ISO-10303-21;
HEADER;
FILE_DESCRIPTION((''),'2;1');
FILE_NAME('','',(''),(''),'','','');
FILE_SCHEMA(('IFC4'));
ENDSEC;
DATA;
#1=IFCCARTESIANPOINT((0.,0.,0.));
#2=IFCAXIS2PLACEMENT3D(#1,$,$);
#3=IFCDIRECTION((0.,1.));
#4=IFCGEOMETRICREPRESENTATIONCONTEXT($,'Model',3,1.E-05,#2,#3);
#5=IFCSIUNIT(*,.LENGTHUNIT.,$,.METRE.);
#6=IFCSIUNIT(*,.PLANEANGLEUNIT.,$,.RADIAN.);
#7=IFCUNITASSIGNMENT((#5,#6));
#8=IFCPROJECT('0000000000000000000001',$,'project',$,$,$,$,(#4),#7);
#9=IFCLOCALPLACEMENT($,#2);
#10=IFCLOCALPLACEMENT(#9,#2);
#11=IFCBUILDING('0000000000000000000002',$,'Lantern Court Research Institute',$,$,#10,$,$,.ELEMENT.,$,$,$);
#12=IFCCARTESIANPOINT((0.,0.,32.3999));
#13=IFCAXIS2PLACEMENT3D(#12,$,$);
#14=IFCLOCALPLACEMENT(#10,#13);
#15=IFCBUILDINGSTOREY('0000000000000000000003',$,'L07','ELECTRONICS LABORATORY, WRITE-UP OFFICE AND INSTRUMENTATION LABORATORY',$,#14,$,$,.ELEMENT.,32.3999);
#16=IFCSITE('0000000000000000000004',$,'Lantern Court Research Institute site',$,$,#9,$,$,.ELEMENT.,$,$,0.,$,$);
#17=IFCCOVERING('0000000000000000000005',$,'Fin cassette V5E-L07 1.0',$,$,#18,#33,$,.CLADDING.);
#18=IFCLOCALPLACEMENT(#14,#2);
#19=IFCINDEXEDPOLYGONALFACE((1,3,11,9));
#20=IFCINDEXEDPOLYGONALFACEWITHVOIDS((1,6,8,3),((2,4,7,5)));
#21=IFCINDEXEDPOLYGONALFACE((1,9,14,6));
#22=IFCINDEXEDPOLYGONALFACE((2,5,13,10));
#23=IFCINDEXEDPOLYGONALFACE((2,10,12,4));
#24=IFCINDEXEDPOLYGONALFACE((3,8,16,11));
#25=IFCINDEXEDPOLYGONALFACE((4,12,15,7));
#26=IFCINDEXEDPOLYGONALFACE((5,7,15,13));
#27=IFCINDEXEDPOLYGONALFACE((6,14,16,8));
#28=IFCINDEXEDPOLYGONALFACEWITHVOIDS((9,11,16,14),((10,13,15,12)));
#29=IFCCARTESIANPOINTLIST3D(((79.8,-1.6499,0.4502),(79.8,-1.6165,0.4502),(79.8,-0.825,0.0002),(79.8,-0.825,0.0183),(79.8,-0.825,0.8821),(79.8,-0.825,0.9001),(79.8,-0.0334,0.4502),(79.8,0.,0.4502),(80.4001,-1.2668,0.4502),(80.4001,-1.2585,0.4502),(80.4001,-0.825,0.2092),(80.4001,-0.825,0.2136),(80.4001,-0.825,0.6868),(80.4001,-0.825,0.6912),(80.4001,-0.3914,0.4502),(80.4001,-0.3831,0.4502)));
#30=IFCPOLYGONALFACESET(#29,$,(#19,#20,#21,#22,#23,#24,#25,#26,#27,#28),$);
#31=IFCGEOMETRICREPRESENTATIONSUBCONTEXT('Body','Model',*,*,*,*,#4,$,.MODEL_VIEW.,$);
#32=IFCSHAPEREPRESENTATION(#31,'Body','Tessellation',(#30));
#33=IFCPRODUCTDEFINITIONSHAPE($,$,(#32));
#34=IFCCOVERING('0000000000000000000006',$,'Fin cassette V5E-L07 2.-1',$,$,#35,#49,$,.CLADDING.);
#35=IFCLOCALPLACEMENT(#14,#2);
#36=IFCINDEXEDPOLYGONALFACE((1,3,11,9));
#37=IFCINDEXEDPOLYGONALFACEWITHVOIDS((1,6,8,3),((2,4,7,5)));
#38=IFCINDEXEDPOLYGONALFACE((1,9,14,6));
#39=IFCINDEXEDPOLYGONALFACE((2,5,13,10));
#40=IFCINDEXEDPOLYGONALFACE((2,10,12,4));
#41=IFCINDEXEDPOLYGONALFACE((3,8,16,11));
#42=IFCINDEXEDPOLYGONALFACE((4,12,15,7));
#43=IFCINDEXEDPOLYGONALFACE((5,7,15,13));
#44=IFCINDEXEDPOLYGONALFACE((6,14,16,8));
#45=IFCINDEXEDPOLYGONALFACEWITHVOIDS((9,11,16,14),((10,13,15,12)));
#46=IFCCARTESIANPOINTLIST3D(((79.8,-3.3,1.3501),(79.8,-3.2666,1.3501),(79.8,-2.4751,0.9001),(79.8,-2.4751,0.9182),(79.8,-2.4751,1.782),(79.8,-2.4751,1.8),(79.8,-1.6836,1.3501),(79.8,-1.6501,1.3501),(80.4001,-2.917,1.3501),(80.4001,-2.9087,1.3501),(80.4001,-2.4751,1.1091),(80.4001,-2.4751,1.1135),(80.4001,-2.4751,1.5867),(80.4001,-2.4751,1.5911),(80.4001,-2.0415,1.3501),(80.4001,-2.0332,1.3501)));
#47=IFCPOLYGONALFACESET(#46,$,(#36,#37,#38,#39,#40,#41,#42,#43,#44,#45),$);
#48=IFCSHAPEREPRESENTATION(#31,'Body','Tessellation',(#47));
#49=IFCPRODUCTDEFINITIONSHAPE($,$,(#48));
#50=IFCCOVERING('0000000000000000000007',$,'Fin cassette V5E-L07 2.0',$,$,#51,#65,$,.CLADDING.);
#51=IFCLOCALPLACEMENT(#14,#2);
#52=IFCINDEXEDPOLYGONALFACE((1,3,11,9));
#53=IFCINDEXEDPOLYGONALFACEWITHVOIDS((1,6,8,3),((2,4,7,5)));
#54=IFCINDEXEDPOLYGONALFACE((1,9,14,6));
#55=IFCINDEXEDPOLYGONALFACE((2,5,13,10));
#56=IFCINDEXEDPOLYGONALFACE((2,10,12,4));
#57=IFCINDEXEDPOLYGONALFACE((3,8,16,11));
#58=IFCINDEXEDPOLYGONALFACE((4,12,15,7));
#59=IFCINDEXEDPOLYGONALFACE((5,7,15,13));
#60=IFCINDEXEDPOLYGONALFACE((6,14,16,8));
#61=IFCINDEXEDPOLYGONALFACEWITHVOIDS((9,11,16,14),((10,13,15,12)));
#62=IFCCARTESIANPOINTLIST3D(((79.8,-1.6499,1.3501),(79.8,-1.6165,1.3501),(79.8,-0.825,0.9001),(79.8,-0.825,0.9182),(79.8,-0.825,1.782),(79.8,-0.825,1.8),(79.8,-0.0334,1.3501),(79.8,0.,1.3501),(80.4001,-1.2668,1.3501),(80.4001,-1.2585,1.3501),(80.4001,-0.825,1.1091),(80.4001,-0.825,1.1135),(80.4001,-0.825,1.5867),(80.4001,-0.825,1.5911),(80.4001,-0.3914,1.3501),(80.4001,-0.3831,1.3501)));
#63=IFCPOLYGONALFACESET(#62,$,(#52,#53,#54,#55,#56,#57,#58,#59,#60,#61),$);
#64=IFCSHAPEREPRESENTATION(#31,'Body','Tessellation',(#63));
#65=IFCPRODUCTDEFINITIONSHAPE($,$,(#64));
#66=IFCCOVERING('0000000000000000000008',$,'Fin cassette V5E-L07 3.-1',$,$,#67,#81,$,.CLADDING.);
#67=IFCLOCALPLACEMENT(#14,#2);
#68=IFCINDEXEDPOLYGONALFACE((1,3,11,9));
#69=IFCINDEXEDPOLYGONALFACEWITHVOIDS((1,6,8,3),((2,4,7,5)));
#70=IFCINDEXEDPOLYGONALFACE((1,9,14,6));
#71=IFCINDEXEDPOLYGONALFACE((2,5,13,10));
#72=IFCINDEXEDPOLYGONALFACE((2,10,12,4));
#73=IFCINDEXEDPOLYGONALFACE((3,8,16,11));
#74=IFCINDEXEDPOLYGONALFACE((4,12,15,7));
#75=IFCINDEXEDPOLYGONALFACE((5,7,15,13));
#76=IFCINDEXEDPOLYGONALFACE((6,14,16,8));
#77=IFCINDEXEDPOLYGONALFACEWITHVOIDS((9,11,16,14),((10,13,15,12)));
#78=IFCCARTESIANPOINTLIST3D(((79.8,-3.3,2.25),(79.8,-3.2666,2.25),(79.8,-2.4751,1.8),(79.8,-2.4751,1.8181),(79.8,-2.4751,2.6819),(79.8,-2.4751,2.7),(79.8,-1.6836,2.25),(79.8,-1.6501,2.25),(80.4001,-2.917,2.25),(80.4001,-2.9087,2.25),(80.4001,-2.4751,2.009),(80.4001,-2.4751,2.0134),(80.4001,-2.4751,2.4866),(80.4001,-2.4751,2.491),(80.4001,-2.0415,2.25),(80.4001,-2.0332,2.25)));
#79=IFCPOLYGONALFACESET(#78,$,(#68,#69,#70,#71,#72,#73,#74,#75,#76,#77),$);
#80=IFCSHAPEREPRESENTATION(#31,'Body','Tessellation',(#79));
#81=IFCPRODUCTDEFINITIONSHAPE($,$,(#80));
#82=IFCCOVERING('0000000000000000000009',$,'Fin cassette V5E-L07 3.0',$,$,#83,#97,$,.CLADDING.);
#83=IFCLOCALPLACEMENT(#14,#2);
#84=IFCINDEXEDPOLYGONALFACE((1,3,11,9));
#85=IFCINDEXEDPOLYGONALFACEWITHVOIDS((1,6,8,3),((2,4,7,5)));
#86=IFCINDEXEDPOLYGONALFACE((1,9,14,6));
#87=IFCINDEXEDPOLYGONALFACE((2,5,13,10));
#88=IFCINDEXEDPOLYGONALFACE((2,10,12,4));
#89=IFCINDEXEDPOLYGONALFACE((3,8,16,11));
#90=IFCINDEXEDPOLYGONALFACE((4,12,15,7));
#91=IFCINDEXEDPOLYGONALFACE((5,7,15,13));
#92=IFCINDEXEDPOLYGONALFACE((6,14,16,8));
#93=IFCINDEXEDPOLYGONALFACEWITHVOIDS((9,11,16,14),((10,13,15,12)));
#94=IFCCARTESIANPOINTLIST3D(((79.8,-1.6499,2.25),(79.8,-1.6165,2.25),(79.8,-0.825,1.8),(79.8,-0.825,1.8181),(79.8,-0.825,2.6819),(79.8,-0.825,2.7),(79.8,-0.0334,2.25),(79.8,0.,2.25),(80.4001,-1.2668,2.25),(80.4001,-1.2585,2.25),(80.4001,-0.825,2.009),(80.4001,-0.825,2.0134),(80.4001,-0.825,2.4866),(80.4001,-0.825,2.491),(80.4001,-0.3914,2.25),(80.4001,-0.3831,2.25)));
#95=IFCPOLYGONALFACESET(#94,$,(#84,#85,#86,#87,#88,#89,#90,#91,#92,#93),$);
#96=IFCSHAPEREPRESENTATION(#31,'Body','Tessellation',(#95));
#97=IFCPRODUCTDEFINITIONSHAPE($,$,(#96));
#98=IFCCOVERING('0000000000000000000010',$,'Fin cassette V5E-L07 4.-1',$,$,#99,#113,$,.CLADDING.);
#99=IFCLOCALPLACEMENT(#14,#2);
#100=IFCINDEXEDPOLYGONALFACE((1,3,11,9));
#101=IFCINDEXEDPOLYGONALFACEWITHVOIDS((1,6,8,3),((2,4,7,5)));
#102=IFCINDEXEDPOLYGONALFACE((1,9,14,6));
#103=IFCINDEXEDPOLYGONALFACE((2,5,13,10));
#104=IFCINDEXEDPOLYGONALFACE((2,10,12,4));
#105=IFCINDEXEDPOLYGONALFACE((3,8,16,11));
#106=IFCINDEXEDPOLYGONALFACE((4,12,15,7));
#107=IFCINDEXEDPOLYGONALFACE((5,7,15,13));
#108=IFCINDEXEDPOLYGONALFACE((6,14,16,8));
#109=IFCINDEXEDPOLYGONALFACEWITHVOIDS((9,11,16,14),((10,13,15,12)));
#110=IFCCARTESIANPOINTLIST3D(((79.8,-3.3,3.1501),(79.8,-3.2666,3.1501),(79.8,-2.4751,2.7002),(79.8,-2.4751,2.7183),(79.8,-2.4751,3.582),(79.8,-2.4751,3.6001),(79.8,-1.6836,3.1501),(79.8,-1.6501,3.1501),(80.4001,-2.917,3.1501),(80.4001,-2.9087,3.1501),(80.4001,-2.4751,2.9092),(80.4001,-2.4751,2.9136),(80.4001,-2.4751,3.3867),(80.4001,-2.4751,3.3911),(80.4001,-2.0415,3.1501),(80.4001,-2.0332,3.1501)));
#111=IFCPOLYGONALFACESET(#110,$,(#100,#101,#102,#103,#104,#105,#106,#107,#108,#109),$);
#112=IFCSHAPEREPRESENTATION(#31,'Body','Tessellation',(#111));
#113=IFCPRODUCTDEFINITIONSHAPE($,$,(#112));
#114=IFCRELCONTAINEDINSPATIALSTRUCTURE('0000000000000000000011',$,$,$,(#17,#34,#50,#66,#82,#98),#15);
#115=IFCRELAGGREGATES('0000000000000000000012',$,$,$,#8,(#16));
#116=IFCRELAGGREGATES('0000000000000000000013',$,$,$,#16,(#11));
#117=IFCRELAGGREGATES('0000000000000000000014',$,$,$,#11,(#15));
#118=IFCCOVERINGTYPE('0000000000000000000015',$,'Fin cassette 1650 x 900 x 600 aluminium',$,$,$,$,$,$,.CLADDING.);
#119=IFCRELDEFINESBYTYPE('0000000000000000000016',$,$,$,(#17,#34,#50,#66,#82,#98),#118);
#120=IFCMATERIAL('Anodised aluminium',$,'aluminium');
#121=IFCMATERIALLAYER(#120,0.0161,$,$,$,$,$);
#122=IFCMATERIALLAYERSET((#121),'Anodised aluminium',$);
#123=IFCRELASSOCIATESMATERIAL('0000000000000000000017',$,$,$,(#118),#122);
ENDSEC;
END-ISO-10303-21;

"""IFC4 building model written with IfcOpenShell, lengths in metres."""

from ifc_helpers import new_model, entity, si_unit, direction, frame, origin, place, context, subcontext, project, spatial, material, layer, layer_set, type_object, element, save


model = new_model("IFC4")

# Units and contexts
model_context = context("Model", 3, precision=1e-05, world=origin(), true_north=direction((0.0, 1.0)))
body_context = subcontext(model_context, "Body", "Model", "MODEL_VIEW")
ifc_project = project(units=[si_unit("LENGTHUNIT", "METRE"), si_unit("PLANEANGLEUNIT", "RADIAN")], contexts=[model_context])

# Site, building, storey
site_placement = place(None, origin())
site = spatial("IfcSite", under=ifc_project, at=site_placement, Name="Lantern Court Research Institute site", CompositionType="ELEMENT", RefElevation=0.0)
building_placement = place(site_placement, origin())
building = spatial("IfcBuilding", under=site, at=building_placement, Name="Lantern Court Research Institute", CompositionType="ELEMENT")
storey_placement = place(building_placement, frame((0.0, 0.0, 32.3999)))
storey = spatial("IfcBuildingStorey", under=building, at=storey_placement, Name="L07", Description="ELECTRONICS LABORATORY, WRITE-UP OFFICE AND INSTRUMENTATION LABORATORY", CompositionType="ELEMENT", Elevation=32.3999)

# Coverings
ifc_material_1 = material(Name="Anodised aluminium", Category="aluminium")
ifc_layer_1 = layer(ifc_material_1, 0.0161)
ifc_layer_set_1 = layer_set([ifc_layer_1], Name="Anodised aluminium")
covering_type = type_object("IfcCoveringType", Name="Fin cassette 1650 x 900 x 600 aluminium", PredefinedType="CLADDING", material=ifc_layer_set_1)
covering_1_placement = place(storey_placement, frame((79.8, -0.825, 0.4502), z_axis=(1.0, 0.0, 0.0), x_axis=(0.0, 1.0, 0.0)))
cartesian_point_1 = entity("IfcCartesianPoint", [0.825, 0.0])
cartesian_point_2 = entity("IfcCartesianPoint", [0.7915, 0.0])
cartesian_point_3 = entity("IfcCartesianPoint", [0.4419, 0.0])
cartesian_point_4 = entity("IfcCartesianPoint", [0.4336, 0.0])
element("IfcCovering", 1, at=covering_1_placement, inside=storey, type_object=covering_type, Name="Fin cassette V5E-L07 1.0", PredefinedType="CLADDING", context=body_context, shape_type="SweptSolid", body=[
    entity("IfcExtrudedAreaSolidTapered", entity("IfcArbitraryProfileDefWithVoids", "AREA", None, entity("IfcPolyline", [cartesian_point_1, entity("IfcCartesianPoint", [0.0, 0.45]), entity("IfcCartesianPoint", [-0.825, 0.0]), entity("IfcCartesianPoint", [0.0, -0.45]), cartesian_point_1]), [entity("IfcPolyline", [cartesian_point_2, entity("IfcCartesianPoint", [0.0, 0.4319]), entity("IfcCartesianPoint", [-0.7915, 0.0]), entity("IfcCartesianPoint", [0.0, -0.4319]), cartesian_point_2])]), entity("IfcAxis2Placement3D", entity("IfcCartesianPoint", [0.0, 0.0, 0.0])), entity("IfcDirection", [0.0, 0.0, 1.0]), 0.6001, entity("IfcArbitraryProfileDefWithVoids", "AREA", None, entity("IfcPolyline", [cartesian_point_3, entity("IfcCartesianPoint", [0.0, 0.241]), entity("IfcCartesianPoint", [-0.4419, 0.0]), entity("IfcCartesianPoint", [0.0, -0.241]), cartesian_point_3]), [entity("IfcPolyline", [cartesian_point_4, entity("IfcCartesianPoint", [0.0, 0.2366]), entity("IfcCartesianPoint", [-0.4336, 0.0]), entity("IfcCartesianPoint", [0.0, -0.2366]), cartesian_point_4])])),
])
covering_2_placement = place(storey_placement, frame((79.8, -2.4751, 1.3501), z_axis=(1.0, 0.0, 0.0), x_axis=(0.0, 1.0, 0.0)))
cartesian_point_5 = entity("IfcCartesianPoint", [0.825, 0.0])
cartesian_point_6 = entity("IfcCartesianPoint", [0.7915, 0.0])
cartesian_point_7 = entity("IfcCartesianPoint", [0.4419, 0.0])
cartesian_point_8 = entity("IfcCartesianPoint", [0.4336, 0.0])
element("IfcCovering", 2, at=covering_2_placement, inside=storey, type_object=covering_type, Name="Fin cassette V5E-L07 2.-1", PredefinedType="CLADDING", context=body_context, shape_type="SweptSolid", body=[
    entity("IfcExtrudedAreaSolidTapered", entity("IfcArbitraryProfileDefWithVoids", "AREA", None, entity("IfcPolyline", [cartesian_point_5, entity("IfcCartesianPoint", [0.0, 0.45]), entity("IfcCartesianPoint", [-0.825, 0.0]), entity("IfcCartesianPoint", [0.0, -0.45]), cartesian_point_5]), [entity("IfcPolyline", [cartesian_point_6, entity("IfcCartesianPoint", [0.0, 0.4319]), entity("IfcCartesianPoint", [-0.7915, 0.0]), entity("IfcCartesianPoint", [0.0, -0.4319]), cartesian_point_6])]), entity("IfcAxis2Placement3D", entity("IfcCartesianPoint", [0.0, 0.0, 0.0])), entity("IfcDirection", [0.0, 0.0, 1.0]), 0.6001, entity("IfcArbitraryProfileDefWithVoids", "AREA", None, entity("IfcPolyline", [cartesian_point_7, entity("IfcCartesianPoint", [0.0, 0.241]), entity("IfcCartesianPoint", [-0.4419, 0.0]), entity("IfcCartesianPoint", [0.0, -0.241]), cartesian_point_7]), [entity("IfcPolyline", [cartesian_point_8, entity("IfcCartesianPoint", [0.0, 0.2366]), entity("IfcCartesianPoint", [-0.4336, 0.0]), entity("IfcCartesianPoint", [0.0, -0.2366]), cartesian_point_8])])),
])
covering_3_placement = place(storey_placement, frame((79.8, -0.825, 1.3501), z_axis=(1.0, 0.0, 0.0), x_axis=(0.0, 1.0, 0.0)))
cartesian_point_9 = entity("IfcCartesianPoint", [0.825, 0.0])
cartesian_point_10 = entity("IfcCartesianPoint", [0.7915, 0.0])
cartesian_point_11 = entity("IfcCartesianPoint", [0.4419, 0.0])
cartesian_point_12 = entity("IfcCartesianPoint", [0.4336, 0.0])
element("IfcCovering", 3, at=covering_3_placement, inside=storey, type_object=covering_type, Name="Fin cassette V5E-L07 2.0", PredefinedType="CLADDING", context=body_context, shape_type="SweptSolid", body=[
    entity("IfcExtrudedAreaSolidTapered", entity("IfcArbitraryProfileDefWithVoids", "AREA", None, entity("IfcPolyline", [cartesian_point_9, entity("IfcCartesianPoint", [0.0, 0.45]), entity("IfcCartesianPoint", [-0.825, 0.0]), entity("IfcCartesianPoint", [0.0, -0.45]), cartesian_point_9]), [entity("IfcPolyline", [cartesian_point_10, entity("IfcCartesianPoint", [0.0, 0.4319]), entity("IfcCartesianPoint", [-0.7915, 0.0]), entity("IfcCartesianPoint", [0.0, -0.4319]), cartesian_point_10])]), entity("IfcAxis2Placement3D", entity("IfcCartesianPoint", [0.0, 0.0, 0.0])), entity("IfcDirection", [0.0, 0.0, 1.0]), 0.6001, entity("IfcArbitraryProfileDefWithVoids", "AREA", None, entity("IfcPolyline", [cartesian_point_11, entity("IfcCartesianPoint", [0.0, 0.241]), entity("IfcCartesianPoint", [-0.4419, 0.0]), entity("IfcCartesianPoint", [0.0, -0.241]), cartesian_point_11]), [entity("IfcPolyline", [cartesian_point_12, entity("IfcCartesianPoint", [0.0, 0.2366]), entity("IfcCartesianPoint", [-0.4336, 0.0]), entity("IfcCartesianPoint", [0.0, -0.2366]), cartesian_point_12])])),
])
covering_4_placement = place(storey_placement, frame((79.8, -2.4751, 2.25), z_axis=(1.0, 0.0, 0.0), x_axis=(0.0, 1.0, 0.0)))
cartesian_point_13 = entity("IfcCartesianPoint", [0.825, 0.0])
cartesian_point_14 = entity("IfcCartesianPoint", [0.7915, 0.0])
cartesian_point_15 = entity("IfcCartesianPoint", [0.4419, 0.0])
cartesian_point_16 = entity("IfcCartesianPoint", [0.4336, 0.0])
element("IfcCovering", 4, at=covering_4_placement, inside=storey, type_object=covering_type, Name="Fin cassette V5E-L07 3.-1", PredefinedType="CLADDING", context=body_context, shape_type="SweptSolid", body=[
    entity("IfcExtrudedAreaSolidTapered", entity("IfcArbitraryProfileDefWithVoids", "AREA", None, entity("IfcPolyline", [cartesian_point_13, entity("IfcCartesianPoint", [0.0, 0.45]), entity("IfcCartesianPoint", [-0.825, 0.0]), entity("IfcCartesianPoint", [0.0, -0.45]), cartesian_point_13]), [entity("IfcPolyline", [cartesian_point_14, entity("IfcCartesianPoint", [0.0, 0.4319]), entity("IfcCartesianPoint", [-0.7915, 0.0]), entity("IfcCartesianPoint", [0.0, -0.4319]), cartesian_point_14])]), entity("IfcAxis2Placement3D", entity("IfcCartesianPoint", [0.0, 0.0, 0.0])), entity("IfcDirection", [0.0, 0.0, 1.0]), 0.6001, entity("IfcArbitraryProfileDefWithVoids", "AREA", None, entity("IfcPolyline", [cartesian_point_15, entity("IfcCartesianPoint", [0.0, 0.241]), entity("IfcCartesianPoint", [-0.4419, 0.0]), entity("IfcCartesianPoint", [0.0, -0.241]), cartesian_point_15]), [entity("IfcPolyline", [cartesian_point_16, entity("IfcCartesianPoint", [0.0, 0.2366]), entity("IfcCartesianPoint", [-0.4336, 0.0]), entity("IfcCartesianPoint", [0.0, -0.2366]), cartesian_point_16])])),
])
covering_5_placement = place(storey_placement, frame((79.8, -0.825, 2.25), z_axis=(1.0, 0.0, 0.0), x_axis=(0.0, 1.0, 0.0)))
cartesian_point_17 = entity("IfcCartesianPoint", [0.825, 0.0])
cartesian_point_18 = entity("IfcCartesianPoint", [0.7915, 0.0])
cartesian_point_19 = entity("IfcCartesianPoint", [0.4419, 0.0])
cartesian_point_20 = entity("IfcCartesianPoint", [0.4336, 0.0])
element("IfcCovering", 5, at=covering_5_placement, inside=storey, type_object=covering_type, Name="Fin cassette V5E-L07 3.0", PredefinedType="CLADDING", context=body_context, shape_type="SweptSolid", body=[
    entity("IfcExtrudedAreaSolidTapered", entity("IfcArbitraryProfileDefWithVoids", "AREA", None, entity("IfcPolyline", [cartesian_point_17, entity("IfcCartesianPoint", [0.0, 0.45]), entity("IfcCartesianPoint", [-0.825, 0.0]), entity("IfcCartesianPoint", [0.0, -0.45]), cartesian_point_17]), [entity("IfcPolyline", [cartesian_point_18, entity("IfcCartesianPoint", [0.0, 0.4319]), entity("IfcCartesianPoint", [-0.7915, 0.0]), entity("IfcCartesianPoint", [0.0, -0.4319]), cartesian_point_18])]), entity("IfcAxis2Placement3D", entity("IfcCartesianPoint", [0.0, 0.0, 0.0])), entity("IfcDirection", [0.0, 0.0, 1.0]), 0.6001, entity("IfcArbitraryProfileDefWithVoids", "AREA", None, entity("IfcPolyline", [cartesian_point_19, entity("IfcCartesianPoint", [0.0, 0.241]), entity("IfcCartesianPoint", [-0.4419, 0.0]), entity("IfcCartesianPoint", [0.0, -0.241]), cartesian_point_19]), [entity("IfcPolyline", [cartesian_point_20, entity("IfcCartesianPoint", [0.0, 0.2366]), entity("IfcCartesianPoint", [-0.4336, 0.0]), entity("IfcCartesianPoint", [0.0, -0.2366]), cartesian_point_20])])),
])
covering_6_placement = place(storey_placement, frame((79.8, -2.4751, 3.1501), z_axis=(1.0, 0.0, 0.0), x_axis=(0.0, 1.0, 0.0)))
cartesian_point_21 = entity("IfcCartesianPoint", [0.825, 0.0])
cartesian_point_22 = entity("IfcCartesianPoint", [0.7915, 0.0])
cartesian_point_23 = entity("IfcCartesianPoint", [0.4419, 0.0])
cartesian_point_24 = entity("IfcCartesianPoint", [0.4336, 0.0])
element("IfcCovering", 6, at=covering_6_placement, inside=storey, type_object=covering_type, Name="Fin cassette V5E-L07 4.-1", PredefinedType="CLADDING", context=body_context, shape_type="SweptSolid", body=[
    entity("IfcExtrudedAreaSolidTapered", entity("IfcArbitraryProfileDefWithVoids", "AREA", None, entity("IfcPolyline", [cartesian_point_21, entity("IfcCartesianPoint", [0.0, 0.45]), entity("IfcCartesianPoint", [-0.825, 0.0]), entity("IfcCartesianPoint", [0.0, -0.45]), cartesian_point_21]), [entity("IfcPolyline", [cartesian_point_22, entity("IfcCartesianPoint", [0.0, 0.4319]), entity("IfcCartesianPoint", [-0.7915, 0.0]), entity("IfcCartesianPoint", [0.0, -0.4319]), cartesian_point_22])]), entity("IfcAxis2Placement3D", entity("IfcCartesianPoint", [0.0, 0.0, 0.0])), entity("IfcDirection", [0.0, 0.0, 1.0]), 0.6001, entity("IfcArbitraryProfileDefWithVoids", "AREA", None, entity("IfcPolyline", [cartesian_point_23, entity("IfcCartesianPoint", [0.0, 0.241]), entity("IfcCartesianPoint", [-0.4419, 0.0]), entity("IfcCartesianPoint", [0.0, -0.241]), cartesian_point_23]), [entity("IfcPolyline", [cartesian_point_24, entity("IfcCartesianPoint", [0.0, 0.2366]), entity("IfcCartesianPoint", [-0.4336, 0.0]), entity("IfcCartesianPoint", [0.0, -0.2366]), cartesian_point_24])])),
])

save(model, "model.ifc")
